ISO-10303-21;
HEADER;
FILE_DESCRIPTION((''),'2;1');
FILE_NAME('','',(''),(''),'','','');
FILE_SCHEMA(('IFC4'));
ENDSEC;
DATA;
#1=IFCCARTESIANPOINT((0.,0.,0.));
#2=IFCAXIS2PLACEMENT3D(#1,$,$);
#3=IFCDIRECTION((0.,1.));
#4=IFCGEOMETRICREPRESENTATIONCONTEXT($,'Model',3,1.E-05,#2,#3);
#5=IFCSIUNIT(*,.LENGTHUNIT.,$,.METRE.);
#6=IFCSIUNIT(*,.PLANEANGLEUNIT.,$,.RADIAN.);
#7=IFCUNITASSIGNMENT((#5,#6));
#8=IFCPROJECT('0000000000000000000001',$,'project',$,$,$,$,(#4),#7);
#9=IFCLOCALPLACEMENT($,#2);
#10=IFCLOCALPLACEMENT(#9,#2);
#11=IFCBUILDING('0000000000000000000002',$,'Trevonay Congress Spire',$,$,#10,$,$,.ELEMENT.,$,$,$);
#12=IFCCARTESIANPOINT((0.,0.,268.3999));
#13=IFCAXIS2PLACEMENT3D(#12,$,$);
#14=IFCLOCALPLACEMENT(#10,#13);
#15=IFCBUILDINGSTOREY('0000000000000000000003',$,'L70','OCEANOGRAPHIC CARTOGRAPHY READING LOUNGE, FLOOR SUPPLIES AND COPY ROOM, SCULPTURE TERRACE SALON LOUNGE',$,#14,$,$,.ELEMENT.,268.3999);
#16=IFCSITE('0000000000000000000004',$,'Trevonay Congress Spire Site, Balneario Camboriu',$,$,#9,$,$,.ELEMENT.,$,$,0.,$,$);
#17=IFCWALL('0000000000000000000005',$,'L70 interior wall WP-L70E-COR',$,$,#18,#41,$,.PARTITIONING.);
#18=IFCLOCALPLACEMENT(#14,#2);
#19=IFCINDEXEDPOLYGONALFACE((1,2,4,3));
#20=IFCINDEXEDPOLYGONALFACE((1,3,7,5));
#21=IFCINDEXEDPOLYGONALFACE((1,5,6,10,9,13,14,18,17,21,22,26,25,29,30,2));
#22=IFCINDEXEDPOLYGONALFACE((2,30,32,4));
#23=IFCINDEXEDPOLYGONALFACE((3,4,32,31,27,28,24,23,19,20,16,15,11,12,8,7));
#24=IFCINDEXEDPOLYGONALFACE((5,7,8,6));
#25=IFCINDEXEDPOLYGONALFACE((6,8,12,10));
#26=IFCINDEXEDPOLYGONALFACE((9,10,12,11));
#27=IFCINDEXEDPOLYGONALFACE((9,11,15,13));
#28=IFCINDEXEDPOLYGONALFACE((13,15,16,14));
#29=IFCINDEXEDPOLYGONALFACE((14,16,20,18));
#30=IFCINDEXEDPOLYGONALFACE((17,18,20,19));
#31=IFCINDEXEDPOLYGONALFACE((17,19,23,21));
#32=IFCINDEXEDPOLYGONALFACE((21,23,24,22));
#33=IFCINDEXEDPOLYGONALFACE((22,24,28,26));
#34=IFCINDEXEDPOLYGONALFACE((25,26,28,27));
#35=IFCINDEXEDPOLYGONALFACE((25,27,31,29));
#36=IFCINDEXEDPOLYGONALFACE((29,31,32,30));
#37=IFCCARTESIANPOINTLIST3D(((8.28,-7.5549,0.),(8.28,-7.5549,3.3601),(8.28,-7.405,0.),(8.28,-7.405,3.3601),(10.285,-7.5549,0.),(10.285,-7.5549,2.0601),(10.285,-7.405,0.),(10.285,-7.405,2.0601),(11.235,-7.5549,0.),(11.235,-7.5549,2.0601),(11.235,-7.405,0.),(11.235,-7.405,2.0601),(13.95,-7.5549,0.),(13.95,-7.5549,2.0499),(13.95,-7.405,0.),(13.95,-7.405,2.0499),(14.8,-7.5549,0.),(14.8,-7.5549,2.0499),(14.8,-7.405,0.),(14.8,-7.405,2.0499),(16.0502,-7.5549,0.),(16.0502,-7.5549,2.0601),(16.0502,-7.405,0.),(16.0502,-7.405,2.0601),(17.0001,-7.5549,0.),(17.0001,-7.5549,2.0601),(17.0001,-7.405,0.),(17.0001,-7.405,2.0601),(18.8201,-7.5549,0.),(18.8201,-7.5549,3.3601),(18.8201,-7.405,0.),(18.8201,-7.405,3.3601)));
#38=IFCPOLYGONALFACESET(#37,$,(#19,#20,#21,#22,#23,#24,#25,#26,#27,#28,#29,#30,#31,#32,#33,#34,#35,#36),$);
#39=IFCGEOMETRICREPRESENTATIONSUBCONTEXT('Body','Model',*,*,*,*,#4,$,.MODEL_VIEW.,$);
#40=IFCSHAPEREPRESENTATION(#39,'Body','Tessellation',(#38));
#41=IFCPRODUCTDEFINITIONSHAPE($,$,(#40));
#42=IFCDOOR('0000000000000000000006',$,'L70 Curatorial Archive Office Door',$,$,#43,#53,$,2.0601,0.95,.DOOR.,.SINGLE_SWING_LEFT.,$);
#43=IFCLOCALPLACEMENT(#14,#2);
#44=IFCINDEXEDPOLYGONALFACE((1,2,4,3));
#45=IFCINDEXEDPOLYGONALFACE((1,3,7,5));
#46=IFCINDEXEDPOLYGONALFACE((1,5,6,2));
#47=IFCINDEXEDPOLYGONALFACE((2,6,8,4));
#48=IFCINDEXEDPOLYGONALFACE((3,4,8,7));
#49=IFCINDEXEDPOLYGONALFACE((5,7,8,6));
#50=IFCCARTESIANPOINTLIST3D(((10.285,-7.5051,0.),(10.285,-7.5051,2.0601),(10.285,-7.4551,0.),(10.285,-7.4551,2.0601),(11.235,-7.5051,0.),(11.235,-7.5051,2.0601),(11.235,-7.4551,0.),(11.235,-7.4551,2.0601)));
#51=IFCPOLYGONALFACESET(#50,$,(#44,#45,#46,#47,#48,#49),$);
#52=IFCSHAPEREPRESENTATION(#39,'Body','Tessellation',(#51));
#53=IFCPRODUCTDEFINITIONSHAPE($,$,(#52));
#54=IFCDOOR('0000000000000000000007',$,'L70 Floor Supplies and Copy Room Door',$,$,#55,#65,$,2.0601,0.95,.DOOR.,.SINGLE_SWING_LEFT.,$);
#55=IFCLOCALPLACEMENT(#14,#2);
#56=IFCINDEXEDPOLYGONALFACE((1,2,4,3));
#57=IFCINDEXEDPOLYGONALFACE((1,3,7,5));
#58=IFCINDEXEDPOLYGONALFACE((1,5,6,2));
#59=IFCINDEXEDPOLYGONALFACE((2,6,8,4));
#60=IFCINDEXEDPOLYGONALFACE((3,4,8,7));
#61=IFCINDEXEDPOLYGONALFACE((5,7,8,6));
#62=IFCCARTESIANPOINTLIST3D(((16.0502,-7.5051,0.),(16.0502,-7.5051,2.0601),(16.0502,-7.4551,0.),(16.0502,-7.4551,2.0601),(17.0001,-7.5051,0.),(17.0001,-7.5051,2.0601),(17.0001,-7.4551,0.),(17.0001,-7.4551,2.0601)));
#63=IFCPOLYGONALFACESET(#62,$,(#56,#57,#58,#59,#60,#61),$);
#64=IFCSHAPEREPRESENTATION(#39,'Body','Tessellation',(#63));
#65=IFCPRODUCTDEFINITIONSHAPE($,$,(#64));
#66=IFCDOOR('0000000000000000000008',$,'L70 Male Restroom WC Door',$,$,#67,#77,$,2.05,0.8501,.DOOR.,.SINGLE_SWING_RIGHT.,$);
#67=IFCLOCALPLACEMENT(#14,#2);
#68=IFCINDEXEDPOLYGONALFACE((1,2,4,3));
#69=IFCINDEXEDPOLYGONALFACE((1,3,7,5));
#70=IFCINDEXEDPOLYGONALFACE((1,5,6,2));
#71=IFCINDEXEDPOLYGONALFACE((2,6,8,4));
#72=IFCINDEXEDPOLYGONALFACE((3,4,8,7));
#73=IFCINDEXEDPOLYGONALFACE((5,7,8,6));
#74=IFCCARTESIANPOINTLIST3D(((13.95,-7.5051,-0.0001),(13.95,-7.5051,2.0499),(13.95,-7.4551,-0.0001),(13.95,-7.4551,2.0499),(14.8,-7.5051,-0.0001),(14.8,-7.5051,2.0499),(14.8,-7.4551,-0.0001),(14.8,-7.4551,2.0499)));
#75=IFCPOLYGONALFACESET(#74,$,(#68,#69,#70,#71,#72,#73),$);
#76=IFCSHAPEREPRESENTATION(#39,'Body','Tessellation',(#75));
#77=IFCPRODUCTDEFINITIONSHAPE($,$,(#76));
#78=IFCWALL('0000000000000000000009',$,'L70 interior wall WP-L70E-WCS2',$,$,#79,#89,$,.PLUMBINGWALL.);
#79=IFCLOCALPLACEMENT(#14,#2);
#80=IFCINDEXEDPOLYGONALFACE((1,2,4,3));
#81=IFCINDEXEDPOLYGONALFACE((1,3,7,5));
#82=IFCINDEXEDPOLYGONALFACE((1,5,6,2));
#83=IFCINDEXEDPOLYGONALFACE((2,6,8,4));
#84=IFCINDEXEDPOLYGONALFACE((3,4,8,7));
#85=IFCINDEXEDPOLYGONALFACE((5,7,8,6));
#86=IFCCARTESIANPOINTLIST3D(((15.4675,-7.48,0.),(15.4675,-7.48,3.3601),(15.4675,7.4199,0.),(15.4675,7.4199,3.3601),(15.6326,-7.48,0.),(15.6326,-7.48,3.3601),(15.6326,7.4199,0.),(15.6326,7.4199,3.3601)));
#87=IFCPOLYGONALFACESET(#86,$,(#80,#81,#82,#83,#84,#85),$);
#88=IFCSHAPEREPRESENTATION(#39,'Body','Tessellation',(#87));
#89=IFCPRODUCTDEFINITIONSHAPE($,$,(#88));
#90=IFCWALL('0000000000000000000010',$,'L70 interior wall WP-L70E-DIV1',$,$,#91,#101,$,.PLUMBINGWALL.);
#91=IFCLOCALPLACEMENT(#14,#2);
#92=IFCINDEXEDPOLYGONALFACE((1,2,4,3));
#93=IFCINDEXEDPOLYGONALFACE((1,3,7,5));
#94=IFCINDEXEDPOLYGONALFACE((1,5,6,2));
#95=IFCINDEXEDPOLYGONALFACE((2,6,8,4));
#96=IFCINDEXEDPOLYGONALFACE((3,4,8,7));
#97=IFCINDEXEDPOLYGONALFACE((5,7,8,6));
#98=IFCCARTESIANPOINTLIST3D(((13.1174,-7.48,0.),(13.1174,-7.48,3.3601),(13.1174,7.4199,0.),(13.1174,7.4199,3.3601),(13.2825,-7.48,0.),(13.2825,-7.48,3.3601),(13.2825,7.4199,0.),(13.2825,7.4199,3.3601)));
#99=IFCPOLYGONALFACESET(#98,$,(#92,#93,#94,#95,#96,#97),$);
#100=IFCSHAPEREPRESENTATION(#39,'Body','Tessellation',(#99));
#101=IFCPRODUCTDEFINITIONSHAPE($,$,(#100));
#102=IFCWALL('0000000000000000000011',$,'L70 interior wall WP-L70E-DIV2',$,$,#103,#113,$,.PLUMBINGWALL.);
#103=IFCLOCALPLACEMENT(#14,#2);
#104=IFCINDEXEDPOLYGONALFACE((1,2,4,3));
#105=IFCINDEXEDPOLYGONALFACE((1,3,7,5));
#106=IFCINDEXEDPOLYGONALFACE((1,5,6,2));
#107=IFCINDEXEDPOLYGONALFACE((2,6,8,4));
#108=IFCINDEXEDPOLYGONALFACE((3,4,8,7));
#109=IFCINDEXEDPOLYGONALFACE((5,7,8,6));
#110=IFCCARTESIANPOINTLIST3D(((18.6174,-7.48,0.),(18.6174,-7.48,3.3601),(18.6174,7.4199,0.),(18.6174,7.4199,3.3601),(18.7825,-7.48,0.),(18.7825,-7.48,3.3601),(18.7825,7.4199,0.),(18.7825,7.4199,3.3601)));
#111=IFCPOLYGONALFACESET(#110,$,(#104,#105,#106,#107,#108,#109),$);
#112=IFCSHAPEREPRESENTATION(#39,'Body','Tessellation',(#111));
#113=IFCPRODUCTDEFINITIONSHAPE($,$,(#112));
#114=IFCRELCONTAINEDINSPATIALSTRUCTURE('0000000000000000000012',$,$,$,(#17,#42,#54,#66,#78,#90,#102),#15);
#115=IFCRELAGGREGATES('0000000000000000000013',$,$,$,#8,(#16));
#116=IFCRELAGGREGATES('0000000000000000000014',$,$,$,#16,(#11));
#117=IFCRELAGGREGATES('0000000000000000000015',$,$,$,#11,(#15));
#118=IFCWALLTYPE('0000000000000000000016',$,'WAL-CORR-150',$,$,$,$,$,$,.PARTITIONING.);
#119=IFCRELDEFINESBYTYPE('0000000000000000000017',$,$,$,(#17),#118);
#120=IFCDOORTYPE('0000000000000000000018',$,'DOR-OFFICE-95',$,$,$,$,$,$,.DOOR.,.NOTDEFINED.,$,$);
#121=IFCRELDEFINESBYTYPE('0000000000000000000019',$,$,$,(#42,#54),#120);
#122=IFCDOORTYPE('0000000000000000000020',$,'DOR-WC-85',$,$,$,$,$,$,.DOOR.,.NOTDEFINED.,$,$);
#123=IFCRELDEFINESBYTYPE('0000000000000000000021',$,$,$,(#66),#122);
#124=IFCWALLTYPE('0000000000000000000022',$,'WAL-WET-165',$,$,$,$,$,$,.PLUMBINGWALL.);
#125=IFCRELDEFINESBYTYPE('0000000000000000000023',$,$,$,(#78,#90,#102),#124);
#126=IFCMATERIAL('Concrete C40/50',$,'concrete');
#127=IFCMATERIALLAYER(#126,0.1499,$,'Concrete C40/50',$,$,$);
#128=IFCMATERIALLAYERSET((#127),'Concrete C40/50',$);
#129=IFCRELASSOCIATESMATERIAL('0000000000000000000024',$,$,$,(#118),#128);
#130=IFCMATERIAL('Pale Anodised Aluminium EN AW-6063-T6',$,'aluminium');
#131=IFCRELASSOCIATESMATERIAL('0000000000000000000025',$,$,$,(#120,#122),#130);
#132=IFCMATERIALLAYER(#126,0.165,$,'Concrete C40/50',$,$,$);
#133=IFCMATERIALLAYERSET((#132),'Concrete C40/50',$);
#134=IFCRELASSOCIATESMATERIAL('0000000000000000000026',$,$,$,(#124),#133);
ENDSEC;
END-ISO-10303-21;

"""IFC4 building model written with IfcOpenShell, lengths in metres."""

from ifc_helpers import new_model, si_unit, direction, frame, frame_2d, origin, place, context, subcontext, project, spatial, rectangle, extrude, material, layer, layer_set, type_object, element, fill, save


model = new_model("IFC4")

# Units and contexts
model_context = context("Model", 3, precision=1e-05, world=origin(), true_north=direction((0.0, 1.0)))
body_context = subcontext(model_context, "Body", "Model", "MODEL_VIEW")
ifc_project = project(units=[si_unit("LENGTHUNIT", "METRE"), si_unit("PLANEANGLEUNIT", "RADIAN")], contexts=[model_context])

# Site, building, storey
site_placement = place(None, origin())
site = spatial("IfcSite", under=ifc_project, at=site_placement, Name="Trevonay Congress Spire Site, Balneario Camboriu", CompositionType="ELEMENT", RefElevation=0.0)
building_placement = place(site_placement, origin())
building = spatial("IfcBuilding", under=site, at=building_placement, Name="Trevonay Congress Spire", CompositionType="ELEMENT")
storey_placement = place(building_placement, frame((0.0, 0.0, 268.3999)))
storey = spatial("IfcBuildingStorey", under=building, at=storey_placement, Name="L70", Description="OCEANOGRAPHIC CARTOGRAPHY READING LOUNGE, FLOOR SUPPLIES AND COPY ROOM, SCULPTURE TERRACE SALON LOUNGE", CompositionType="ELEMENT", Elevation=268.3999)

# Shared definitions
ifc_material_1 = material(Name="Pale Anodised Aluminium EN AW-6063-T6", Category="aluminium")

# Shared definitions
ifc_material_2 = material(Name="Concrete C40/50", Category="concrete")
ifc_layer_1 = layer(ifc_material_2, 0.1499, Name="Concrete C40/50")
ifc_layer_set_1 = layer_set([ifc_layer_1], Name="Concrete C40/50")
wall_type_1 = type_object("IfcWallType", Name="WAL-CORR-150", PredefinedType="PARTITIONING", material=ifc_layer_set_1)

# Wall, openings, doors
wall_1_placement = place(storey_placement, frame((8.28, -7.48, 0.0), z_axis=(0.0, 0.0, 1.0), x_axis=(1.0, 0.0, 0.0)))
wall_1 = element("IfcWall", 1, at=wall_1_placement, inside=storey, type_object=wall_type_1, Name="L70 interior wall WP-L70E-COR", PredefinedType="PARTITIONING", context=body_context, shape_type="SweptSolid", body=[
    extrude(rectangle(XDim=10.54, YDim=0.1499, at=frame_2d((5.27, 0.0))), origin(), (0.0, 0.0, 1.0), 3.3601),
])
opening_1_placement = place(wall_1_placement, frame((2.0049, 0.0, 0.0)))
opening_1 = element("IfcOpeningElement", 2, at=opening_1_placement, cuts=wall_1, PredefinedType="OPENING", context=body_context, shape_type="SweptSolid", body=[
    extrude(rectangle(XDim=0.95, YDim=2.0601, at=frame_2d((0.4751, 1.03))), frame((0.0, 0.085, 0.0), z_axis=(0.0, -1.0, 0.0), x_axis=(1.0, 0.0, 0.0)), (0.0, 0.0, 1.0), 0.1699),
])
opening_2_placement = place(wall_1_placement, frame((5.6699, 0.0, 0.0)))
opening_2 = element("IfcOpeningElement", 3, at=opening_2_placement, cuts=wall_1, PredefinedType="OPENING", context=body_context, shape_type="SweptSolid", body=[
    extrude(rectangle(XDim=0.8501, YDim=2.05, at=frame_2d((0.425, 1.0249))), frame((0.0, 0.085, 0.0), z_axis=(0.0, -1.0, 0.0), x_axis=(1.0, 0.0, 0.0)), (0.0, 0.0, 1.0), 0.1699),
])
opening_3_placement = place(wall_1_placement, frame((7.77, 0.0, 0.0)))
opening_3 = element("IfcOpeningElement", 4, at=opening_3_placement, cuts=wall_1, PredefinedType="OPENING", context=body_context, shape_type="SweptSolid", body=[
    extrude(rectangle(XDim=0.95, YDim=2.0601, at=frame_2d((0.4751, 1.03))), frame((0.0, 0.085, 0.0), z_axis=(0.0, -1.0, 0.0), x_axis=(1.0, 0.0, 0.0)), (0.0, 0.0, 1.0), 0.1699),
])
door_type_1 = type_object("IfcDoorType", Name="DOR-OFFICE-95", OperationType="NOTDEFINED", PredefinedType="DOOR", material=ifc_material_1)
door_1_placement = place(opening_1_placement, origin())
door_1 = element("IfcDoor", 5, at=door_1_placement, inside=storey, type_object=door_type_1, Name="L70 Curatorial Archive Office Door", OperationType="SINGLE_SWING_LEFT", OverallHeight=2.0601, OverallWidth=0.95, PredefinedType="DOOR", context=body_context, shape_type="SweptSolid", body=[
    extrude(rectangle(XDim=0.95, YDim=2.0601, at=frame_2d((0.4751, 1.03))), frame((0.0, 0.0249, 0.0), z_axis=(0.0, -1.0, 0.0), x_axis=(1.0, 0.0, 0.0)), (0.0, 0.0, 1.0), 0.05),
])
fill(opening_1, door_1)
door_2_placement = place(opening_3_placement, origin())
door_2 = element("IfcDoor", 6, at=door_2_placement, inside=storey, type_object=door_type_1, Name="L70 Floor Supplies and Copy Room Door", OperationType="SINGLE_SWING_LEFT", OverallHeight=2.0601, OverallWidth=0.95, PredefinedType="DOOR", context=body_context, shape_type="SweptSolid", body=[
    extrude(rectangle(XDim=0.95, YDim=2.0601, at=frame_2d((0.4751, 1.03))), frame((0.0, 0.0249, 0.0), z_axis=(0.0, -1.0, 0.0), x_axis=(1.0, 0.0, 0.0)), (0.0, 0.0, 1.0), 0.05),
])
fill(opening_3, door_2)
door_type_2 = type_object("IfcDoorType", Name="DOR-WC-85", OperationType="NOTDEFINED", PredefinedType="DOOR", material=ifc_material_1)
door_3_placement = place(opening_2_placement, origin())
door_3 = element("IfcDoor", 7, at=door_3_placement, inside=storey, type_object=door_type_2, Name="L70 Male Restroom WC Door", OperationType="SINGLE_SWING_RIGHT", OverallHeight=2.05, OverallWidth=0.8501, PredefinedType="DOOR", context=body_context, shape_type="SweptSolid", body=[
    extrude(rectangle(XDim=0.8501, YDim=2.05, at=frame_2d((0.425, 1.0249))), frame((0.0, 0.0249, 0.0), z_axis=(0.0, -1.0, 0.0), x_axis=(1.0, 0.0, 0.0)), (0.0, 0.0, 1.0), 0.05),
])
fill(opening_2, door_3)

# Walls
ifc_layer_2 = layer(ifc_material_2, 0.165, Name="Concrete C40/50")
ifc_layer_set_2 = layer_set([ifc_layer_2], Name="Concrete C40/50")
wall_type_2 = type_object("IfcWallType", Name="WAL-WET-165", PredefinedType="PLUMBINGWALL", material=ifc_layer_set_2)
for number, where, z_axis, x_axis, name in (
    (8, (15.55, -7.48, 0.0), (0.0, 0.0, 1.0), (0.0, 1.0, 0.0), "L70 interior wall WP-L70E-WCS2"),
    (9, (13.2, -7.48, 0.0), (0.0, 0.0, 1.0), (0.0, 1.0, 0.0), "L70 interior wall WP-L70E-DIV1"),
    (10, (18.7, -7.48, 0.0), (0.0, 0.0, 1.0), (0.0, 1.0, 0.0), "L70 interior wall WP-L70E-DIV2"),
):
    element("IfcWall", number, at=place(storey_placement, frame(where, z_axis=z_axis, x_axis=x_axis)), inside=storey, type_object=wall_type_2, Name=name, PredefinedType="PLUMBINGWALL", context=body_context, shape_type="SweptSolid", body=[
        extrude(rectangle(XDim=14.8999, YDim=0.165, at=frame_2d((7.45, 0.0))), origin(), (0.0, 0.0, 1.0), 3.3601),
    ])

save(model, "model.ifc")
